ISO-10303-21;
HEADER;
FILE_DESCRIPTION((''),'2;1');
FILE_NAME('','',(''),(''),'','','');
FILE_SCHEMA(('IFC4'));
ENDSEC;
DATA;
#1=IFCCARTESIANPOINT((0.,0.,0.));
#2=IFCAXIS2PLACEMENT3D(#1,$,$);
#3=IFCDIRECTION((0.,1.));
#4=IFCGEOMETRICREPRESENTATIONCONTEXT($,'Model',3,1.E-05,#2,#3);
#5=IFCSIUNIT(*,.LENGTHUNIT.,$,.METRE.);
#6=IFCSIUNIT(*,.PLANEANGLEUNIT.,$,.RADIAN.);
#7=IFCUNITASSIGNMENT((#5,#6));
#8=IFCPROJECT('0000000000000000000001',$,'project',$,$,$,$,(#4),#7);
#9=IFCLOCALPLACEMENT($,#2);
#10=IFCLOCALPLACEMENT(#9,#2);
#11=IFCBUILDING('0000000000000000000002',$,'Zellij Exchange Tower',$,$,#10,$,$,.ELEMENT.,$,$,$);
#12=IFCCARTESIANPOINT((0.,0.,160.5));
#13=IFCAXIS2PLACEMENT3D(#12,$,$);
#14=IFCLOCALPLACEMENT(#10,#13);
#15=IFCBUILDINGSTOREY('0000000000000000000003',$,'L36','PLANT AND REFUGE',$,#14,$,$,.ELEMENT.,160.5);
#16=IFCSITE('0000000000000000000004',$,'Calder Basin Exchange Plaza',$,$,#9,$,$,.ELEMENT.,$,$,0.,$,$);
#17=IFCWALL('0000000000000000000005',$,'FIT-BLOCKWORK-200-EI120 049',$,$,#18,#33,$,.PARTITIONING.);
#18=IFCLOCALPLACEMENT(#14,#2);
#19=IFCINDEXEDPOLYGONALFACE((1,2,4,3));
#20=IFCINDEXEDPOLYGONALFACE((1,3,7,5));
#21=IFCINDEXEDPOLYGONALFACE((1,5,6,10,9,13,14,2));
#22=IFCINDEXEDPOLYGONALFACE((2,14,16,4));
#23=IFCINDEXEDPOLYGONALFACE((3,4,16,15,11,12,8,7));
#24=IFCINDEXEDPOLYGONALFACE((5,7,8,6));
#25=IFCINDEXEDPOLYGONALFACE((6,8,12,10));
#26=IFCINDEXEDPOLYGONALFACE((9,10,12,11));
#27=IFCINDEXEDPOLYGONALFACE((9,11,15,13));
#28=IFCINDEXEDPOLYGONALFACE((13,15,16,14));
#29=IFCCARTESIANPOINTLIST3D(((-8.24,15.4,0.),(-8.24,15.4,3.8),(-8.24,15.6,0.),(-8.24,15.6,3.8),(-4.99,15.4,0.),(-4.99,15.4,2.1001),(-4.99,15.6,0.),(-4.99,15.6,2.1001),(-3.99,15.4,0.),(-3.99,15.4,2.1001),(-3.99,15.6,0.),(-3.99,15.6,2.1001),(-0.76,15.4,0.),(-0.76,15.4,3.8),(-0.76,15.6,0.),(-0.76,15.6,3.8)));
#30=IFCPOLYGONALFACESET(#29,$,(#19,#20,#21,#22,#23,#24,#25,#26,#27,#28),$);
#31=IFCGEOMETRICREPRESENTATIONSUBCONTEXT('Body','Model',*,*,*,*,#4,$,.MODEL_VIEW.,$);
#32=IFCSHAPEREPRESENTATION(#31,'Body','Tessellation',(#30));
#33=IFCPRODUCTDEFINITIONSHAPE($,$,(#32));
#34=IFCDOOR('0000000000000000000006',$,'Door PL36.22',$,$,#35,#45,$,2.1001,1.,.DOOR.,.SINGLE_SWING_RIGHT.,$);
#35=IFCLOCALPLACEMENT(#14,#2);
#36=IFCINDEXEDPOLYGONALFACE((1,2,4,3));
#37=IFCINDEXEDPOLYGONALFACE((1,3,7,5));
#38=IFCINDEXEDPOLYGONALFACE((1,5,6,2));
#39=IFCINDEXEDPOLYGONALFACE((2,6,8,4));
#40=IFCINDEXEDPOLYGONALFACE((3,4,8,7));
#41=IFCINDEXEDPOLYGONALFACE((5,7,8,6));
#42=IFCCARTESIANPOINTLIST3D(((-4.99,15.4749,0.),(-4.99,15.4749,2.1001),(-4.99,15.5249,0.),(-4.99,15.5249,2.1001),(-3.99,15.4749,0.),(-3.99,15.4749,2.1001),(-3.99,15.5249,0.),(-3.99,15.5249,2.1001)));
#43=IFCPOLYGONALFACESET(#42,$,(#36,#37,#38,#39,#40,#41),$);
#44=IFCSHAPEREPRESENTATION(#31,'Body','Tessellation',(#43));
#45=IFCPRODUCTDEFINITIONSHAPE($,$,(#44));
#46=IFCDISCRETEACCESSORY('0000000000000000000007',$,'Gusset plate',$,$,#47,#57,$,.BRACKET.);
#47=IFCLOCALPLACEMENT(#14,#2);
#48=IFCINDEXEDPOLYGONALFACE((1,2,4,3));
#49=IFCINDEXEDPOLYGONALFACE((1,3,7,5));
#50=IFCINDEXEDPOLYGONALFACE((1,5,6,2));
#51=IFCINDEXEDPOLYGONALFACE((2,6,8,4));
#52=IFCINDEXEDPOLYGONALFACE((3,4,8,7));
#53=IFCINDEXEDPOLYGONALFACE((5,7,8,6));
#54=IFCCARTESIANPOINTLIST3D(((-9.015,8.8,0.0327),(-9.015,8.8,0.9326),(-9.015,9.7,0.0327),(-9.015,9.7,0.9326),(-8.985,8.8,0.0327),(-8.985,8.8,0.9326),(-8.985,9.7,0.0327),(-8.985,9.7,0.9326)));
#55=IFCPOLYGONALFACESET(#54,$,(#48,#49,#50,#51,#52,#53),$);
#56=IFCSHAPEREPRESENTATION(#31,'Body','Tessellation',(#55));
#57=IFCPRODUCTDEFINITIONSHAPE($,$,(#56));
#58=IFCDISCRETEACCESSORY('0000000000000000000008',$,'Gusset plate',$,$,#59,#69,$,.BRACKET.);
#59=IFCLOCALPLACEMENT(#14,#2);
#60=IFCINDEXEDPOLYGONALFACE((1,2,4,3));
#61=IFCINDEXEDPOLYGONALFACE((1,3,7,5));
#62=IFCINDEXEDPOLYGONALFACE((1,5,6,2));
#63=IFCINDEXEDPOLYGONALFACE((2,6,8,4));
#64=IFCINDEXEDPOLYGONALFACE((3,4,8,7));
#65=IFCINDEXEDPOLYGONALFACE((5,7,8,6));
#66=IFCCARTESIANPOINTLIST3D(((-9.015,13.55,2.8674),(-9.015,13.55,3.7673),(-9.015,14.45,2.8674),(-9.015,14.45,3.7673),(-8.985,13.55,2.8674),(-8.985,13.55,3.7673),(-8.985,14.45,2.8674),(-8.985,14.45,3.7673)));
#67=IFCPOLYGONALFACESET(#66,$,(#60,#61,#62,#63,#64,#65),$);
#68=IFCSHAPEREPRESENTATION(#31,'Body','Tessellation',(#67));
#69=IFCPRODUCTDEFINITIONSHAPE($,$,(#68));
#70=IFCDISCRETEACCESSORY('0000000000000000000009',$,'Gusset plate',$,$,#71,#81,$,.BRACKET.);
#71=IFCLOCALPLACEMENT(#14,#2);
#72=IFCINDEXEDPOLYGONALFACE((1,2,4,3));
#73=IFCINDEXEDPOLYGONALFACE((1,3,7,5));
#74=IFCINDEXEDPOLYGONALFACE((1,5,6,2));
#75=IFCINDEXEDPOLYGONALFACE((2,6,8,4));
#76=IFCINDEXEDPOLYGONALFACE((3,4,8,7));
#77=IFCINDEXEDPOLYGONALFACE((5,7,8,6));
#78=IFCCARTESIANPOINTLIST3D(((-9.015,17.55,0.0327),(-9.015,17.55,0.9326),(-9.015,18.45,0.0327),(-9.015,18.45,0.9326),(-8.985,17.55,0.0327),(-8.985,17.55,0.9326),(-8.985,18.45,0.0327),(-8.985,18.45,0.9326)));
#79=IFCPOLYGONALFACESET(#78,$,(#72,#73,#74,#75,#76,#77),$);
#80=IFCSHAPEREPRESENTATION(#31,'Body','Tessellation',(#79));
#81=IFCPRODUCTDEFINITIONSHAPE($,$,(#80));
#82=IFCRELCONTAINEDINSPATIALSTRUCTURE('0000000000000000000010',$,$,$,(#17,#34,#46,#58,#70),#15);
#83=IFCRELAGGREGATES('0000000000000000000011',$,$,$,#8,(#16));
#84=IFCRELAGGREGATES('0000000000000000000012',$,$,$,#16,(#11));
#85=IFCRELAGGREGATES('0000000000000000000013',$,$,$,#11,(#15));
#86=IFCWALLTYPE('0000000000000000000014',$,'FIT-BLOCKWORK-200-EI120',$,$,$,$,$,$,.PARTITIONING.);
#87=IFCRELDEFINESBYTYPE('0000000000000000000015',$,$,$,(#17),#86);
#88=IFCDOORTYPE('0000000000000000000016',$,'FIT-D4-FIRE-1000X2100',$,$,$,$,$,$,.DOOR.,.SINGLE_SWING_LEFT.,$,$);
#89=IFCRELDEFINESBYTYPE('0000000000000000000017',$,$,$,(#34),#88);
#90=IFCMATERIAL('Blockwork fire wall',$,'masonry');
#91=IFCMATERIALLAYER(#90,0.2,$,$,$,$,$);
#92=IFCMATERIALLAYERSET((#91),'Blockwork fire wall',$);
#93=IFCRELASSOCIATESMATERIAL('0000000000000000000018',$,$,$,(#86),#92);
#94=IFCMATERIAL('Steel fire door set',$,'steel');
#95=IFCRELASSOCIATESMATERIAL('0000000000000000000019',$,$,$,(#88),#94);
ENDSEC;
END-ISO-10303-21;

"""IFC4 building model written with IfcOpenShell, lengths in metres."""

from ifc_helpers import new_model, si_unit, direction, frame, frame_2d, origin, origin_2d, place, context, subcontext, project, spatial, rectangle, extrude, material, layer, layer_set, type_object, element, fill, save


model = new_model("IFC4")

# Units and contexts
model_context = context("Model", 3, precision=1e-05, world=origin(), true_north=direction((0.0, 1.0)))
body_context = subcontext(model_context, "Body", "Model", "MODEL_VIEW")
ifc_project = project(units=[si_unit("LENGTHUNIT", "METRE"), si_unit("PLANEANGLEUNIT", "RADIAN")], contexts=[model_context])

# Site, building, storey
site_placement = place(None, origin())
site = spatial("IfcSite", under=ifc_project, at=site_placement, Name="Calder Basin Exchange Plaza", CompositionType="ELEMENT", RefElevation=0.0)
building_placement = place(site_placement, origin())
building = spatial("IfcBuilding", under=site, at=building_placement, Name="Zellij Exchange Tower", CompositionType="ELEMENT")
storey_placement = place(building_placement, frame((0.0, 0.0, 160.5)))
storey = spatial("IfcBuildingStorey", under=building, at=storey_placement, Name="L36", Description="PLANT AND REFUGE", CompositionType="ELEMENT", Elevation=160.5)

# Wall, opening, door
ifc_material_1 = material(Name="Blockwork fire wall", Category="masonry")
ifc_layer = layer(ifc_material_1, 0.2)
ifc_layer_set = layer_set([ifc_layer], Name="Blockwork fire wall")
wall_type = type_object("IfcWallType", Name="FIT-BLOCKWORK-200-EI120", PredefinedType="PARTITIONING", material=ifc_layer_set)
wall_placement = place(storey_placement, frame((-8.24, 15.5, 0.0), z_axis=(0.0, 0.0, 1.0), x_axis=(1.0, 0.0, 0.0)))
wall = element("IfcWall", 1, at=wall_placement, inside=storey, type_object=wall_type, Name="FIT-BLOCKWORK-200-EI120 049", PredefinedType="PARTITIONING", context=body_context, shape_type="SweptSolid", body=[
    extrude(rectangle(XDim=7.48, YDim=0.2, at=frame_2d((3.74, 0.0))), origin(), (0.0, 0.0, 1.0), 3.8),
])
opening_placement = place(wall_placement, frame((3.25, 0.0, 0.0)))
opening = element("IfcOpeningElement", 2, at=opening_placement, cuts=wall, PredefinedType="OPENING", context=body_context, shape_type="SweptSolid", body=[
    extrude(rectangle(XDim=1.0, YDim=2.1001, at=frame_2d((0.5, 1.05))), frame((0.0, 0.1118, 0.0), z_axis=(0.0, -1.0, 0.0), x_axis=(1.0, 0.0, 0.0)), (0.0, 0.0, 1.0), 0.2239),
])
ifc_material_2 = material(Name="Steel fire door set", Category="steel")
door_type = type_object("IfcDoorType", Name="FIT-D4-FIRE-1000X2100", OperationType="SINGLE_SWING_LEFT", PredefinedType="DOOR", material=ifc_material_2)
door_placement = place(opening_placement, origin())
door = element("IfcDoor", 3, at=door_placement, inside=storey, type_object=door_type, Name="Door PL36.22", OperationType="SINGLE_SWING_RIGHT", OverallHeight=2.1001, OverallWidth=1.0, PredefinedType="DOOR", context=body_context, shape_type="SweptSolid", body=[
    extrude(rectangle(XDim=1.0, YDim=2.1001, at=frame_2d((0.5, 1.05))), frame((0.0, 0.0249, 0.0), z_axis=(0.0, -1.0, 0.0), x_axis=(1.0, 0.0, 0.0)), (0.0, 0.0, 1.0), 0.05),
])
fill(opening, door)

# Discrete accessories
for number, where, z_axis, x_axis, name in (
    (4, (-9.0, 9.25, 0.0327), (0.0, 0.0, 1.0), (0.0, 1.0, 0.0), "Gusset plate"),
    (5, (-9.0, 14.0, 2.8674), (0.0, 0.0, 1.0), (0.0, 1.0, 0.0), "Gusset plate"),
    (6, (-9.0, 18.0, 0.0327), (0.0, 0.0, 1.0), (0.0, 1.0, 0.0), "Gusset plate"),
):
    element("IfcDiscreteAccessory", number, at=place(storey_placement, frame(where, z_axis=z_axis, x_axis=x_axis)), inside=storey, Name=name, PredefinedType="BRACKET", context=body_context, shape_type="SweptSolid", body=[
        extrude(rectangle(XDim=0.8999, YDim=0.03, at=origin_2d()), origin(), (0.0, 0.0, 1.0), 0.8999),
    ])

save(model, "model.ifc")
